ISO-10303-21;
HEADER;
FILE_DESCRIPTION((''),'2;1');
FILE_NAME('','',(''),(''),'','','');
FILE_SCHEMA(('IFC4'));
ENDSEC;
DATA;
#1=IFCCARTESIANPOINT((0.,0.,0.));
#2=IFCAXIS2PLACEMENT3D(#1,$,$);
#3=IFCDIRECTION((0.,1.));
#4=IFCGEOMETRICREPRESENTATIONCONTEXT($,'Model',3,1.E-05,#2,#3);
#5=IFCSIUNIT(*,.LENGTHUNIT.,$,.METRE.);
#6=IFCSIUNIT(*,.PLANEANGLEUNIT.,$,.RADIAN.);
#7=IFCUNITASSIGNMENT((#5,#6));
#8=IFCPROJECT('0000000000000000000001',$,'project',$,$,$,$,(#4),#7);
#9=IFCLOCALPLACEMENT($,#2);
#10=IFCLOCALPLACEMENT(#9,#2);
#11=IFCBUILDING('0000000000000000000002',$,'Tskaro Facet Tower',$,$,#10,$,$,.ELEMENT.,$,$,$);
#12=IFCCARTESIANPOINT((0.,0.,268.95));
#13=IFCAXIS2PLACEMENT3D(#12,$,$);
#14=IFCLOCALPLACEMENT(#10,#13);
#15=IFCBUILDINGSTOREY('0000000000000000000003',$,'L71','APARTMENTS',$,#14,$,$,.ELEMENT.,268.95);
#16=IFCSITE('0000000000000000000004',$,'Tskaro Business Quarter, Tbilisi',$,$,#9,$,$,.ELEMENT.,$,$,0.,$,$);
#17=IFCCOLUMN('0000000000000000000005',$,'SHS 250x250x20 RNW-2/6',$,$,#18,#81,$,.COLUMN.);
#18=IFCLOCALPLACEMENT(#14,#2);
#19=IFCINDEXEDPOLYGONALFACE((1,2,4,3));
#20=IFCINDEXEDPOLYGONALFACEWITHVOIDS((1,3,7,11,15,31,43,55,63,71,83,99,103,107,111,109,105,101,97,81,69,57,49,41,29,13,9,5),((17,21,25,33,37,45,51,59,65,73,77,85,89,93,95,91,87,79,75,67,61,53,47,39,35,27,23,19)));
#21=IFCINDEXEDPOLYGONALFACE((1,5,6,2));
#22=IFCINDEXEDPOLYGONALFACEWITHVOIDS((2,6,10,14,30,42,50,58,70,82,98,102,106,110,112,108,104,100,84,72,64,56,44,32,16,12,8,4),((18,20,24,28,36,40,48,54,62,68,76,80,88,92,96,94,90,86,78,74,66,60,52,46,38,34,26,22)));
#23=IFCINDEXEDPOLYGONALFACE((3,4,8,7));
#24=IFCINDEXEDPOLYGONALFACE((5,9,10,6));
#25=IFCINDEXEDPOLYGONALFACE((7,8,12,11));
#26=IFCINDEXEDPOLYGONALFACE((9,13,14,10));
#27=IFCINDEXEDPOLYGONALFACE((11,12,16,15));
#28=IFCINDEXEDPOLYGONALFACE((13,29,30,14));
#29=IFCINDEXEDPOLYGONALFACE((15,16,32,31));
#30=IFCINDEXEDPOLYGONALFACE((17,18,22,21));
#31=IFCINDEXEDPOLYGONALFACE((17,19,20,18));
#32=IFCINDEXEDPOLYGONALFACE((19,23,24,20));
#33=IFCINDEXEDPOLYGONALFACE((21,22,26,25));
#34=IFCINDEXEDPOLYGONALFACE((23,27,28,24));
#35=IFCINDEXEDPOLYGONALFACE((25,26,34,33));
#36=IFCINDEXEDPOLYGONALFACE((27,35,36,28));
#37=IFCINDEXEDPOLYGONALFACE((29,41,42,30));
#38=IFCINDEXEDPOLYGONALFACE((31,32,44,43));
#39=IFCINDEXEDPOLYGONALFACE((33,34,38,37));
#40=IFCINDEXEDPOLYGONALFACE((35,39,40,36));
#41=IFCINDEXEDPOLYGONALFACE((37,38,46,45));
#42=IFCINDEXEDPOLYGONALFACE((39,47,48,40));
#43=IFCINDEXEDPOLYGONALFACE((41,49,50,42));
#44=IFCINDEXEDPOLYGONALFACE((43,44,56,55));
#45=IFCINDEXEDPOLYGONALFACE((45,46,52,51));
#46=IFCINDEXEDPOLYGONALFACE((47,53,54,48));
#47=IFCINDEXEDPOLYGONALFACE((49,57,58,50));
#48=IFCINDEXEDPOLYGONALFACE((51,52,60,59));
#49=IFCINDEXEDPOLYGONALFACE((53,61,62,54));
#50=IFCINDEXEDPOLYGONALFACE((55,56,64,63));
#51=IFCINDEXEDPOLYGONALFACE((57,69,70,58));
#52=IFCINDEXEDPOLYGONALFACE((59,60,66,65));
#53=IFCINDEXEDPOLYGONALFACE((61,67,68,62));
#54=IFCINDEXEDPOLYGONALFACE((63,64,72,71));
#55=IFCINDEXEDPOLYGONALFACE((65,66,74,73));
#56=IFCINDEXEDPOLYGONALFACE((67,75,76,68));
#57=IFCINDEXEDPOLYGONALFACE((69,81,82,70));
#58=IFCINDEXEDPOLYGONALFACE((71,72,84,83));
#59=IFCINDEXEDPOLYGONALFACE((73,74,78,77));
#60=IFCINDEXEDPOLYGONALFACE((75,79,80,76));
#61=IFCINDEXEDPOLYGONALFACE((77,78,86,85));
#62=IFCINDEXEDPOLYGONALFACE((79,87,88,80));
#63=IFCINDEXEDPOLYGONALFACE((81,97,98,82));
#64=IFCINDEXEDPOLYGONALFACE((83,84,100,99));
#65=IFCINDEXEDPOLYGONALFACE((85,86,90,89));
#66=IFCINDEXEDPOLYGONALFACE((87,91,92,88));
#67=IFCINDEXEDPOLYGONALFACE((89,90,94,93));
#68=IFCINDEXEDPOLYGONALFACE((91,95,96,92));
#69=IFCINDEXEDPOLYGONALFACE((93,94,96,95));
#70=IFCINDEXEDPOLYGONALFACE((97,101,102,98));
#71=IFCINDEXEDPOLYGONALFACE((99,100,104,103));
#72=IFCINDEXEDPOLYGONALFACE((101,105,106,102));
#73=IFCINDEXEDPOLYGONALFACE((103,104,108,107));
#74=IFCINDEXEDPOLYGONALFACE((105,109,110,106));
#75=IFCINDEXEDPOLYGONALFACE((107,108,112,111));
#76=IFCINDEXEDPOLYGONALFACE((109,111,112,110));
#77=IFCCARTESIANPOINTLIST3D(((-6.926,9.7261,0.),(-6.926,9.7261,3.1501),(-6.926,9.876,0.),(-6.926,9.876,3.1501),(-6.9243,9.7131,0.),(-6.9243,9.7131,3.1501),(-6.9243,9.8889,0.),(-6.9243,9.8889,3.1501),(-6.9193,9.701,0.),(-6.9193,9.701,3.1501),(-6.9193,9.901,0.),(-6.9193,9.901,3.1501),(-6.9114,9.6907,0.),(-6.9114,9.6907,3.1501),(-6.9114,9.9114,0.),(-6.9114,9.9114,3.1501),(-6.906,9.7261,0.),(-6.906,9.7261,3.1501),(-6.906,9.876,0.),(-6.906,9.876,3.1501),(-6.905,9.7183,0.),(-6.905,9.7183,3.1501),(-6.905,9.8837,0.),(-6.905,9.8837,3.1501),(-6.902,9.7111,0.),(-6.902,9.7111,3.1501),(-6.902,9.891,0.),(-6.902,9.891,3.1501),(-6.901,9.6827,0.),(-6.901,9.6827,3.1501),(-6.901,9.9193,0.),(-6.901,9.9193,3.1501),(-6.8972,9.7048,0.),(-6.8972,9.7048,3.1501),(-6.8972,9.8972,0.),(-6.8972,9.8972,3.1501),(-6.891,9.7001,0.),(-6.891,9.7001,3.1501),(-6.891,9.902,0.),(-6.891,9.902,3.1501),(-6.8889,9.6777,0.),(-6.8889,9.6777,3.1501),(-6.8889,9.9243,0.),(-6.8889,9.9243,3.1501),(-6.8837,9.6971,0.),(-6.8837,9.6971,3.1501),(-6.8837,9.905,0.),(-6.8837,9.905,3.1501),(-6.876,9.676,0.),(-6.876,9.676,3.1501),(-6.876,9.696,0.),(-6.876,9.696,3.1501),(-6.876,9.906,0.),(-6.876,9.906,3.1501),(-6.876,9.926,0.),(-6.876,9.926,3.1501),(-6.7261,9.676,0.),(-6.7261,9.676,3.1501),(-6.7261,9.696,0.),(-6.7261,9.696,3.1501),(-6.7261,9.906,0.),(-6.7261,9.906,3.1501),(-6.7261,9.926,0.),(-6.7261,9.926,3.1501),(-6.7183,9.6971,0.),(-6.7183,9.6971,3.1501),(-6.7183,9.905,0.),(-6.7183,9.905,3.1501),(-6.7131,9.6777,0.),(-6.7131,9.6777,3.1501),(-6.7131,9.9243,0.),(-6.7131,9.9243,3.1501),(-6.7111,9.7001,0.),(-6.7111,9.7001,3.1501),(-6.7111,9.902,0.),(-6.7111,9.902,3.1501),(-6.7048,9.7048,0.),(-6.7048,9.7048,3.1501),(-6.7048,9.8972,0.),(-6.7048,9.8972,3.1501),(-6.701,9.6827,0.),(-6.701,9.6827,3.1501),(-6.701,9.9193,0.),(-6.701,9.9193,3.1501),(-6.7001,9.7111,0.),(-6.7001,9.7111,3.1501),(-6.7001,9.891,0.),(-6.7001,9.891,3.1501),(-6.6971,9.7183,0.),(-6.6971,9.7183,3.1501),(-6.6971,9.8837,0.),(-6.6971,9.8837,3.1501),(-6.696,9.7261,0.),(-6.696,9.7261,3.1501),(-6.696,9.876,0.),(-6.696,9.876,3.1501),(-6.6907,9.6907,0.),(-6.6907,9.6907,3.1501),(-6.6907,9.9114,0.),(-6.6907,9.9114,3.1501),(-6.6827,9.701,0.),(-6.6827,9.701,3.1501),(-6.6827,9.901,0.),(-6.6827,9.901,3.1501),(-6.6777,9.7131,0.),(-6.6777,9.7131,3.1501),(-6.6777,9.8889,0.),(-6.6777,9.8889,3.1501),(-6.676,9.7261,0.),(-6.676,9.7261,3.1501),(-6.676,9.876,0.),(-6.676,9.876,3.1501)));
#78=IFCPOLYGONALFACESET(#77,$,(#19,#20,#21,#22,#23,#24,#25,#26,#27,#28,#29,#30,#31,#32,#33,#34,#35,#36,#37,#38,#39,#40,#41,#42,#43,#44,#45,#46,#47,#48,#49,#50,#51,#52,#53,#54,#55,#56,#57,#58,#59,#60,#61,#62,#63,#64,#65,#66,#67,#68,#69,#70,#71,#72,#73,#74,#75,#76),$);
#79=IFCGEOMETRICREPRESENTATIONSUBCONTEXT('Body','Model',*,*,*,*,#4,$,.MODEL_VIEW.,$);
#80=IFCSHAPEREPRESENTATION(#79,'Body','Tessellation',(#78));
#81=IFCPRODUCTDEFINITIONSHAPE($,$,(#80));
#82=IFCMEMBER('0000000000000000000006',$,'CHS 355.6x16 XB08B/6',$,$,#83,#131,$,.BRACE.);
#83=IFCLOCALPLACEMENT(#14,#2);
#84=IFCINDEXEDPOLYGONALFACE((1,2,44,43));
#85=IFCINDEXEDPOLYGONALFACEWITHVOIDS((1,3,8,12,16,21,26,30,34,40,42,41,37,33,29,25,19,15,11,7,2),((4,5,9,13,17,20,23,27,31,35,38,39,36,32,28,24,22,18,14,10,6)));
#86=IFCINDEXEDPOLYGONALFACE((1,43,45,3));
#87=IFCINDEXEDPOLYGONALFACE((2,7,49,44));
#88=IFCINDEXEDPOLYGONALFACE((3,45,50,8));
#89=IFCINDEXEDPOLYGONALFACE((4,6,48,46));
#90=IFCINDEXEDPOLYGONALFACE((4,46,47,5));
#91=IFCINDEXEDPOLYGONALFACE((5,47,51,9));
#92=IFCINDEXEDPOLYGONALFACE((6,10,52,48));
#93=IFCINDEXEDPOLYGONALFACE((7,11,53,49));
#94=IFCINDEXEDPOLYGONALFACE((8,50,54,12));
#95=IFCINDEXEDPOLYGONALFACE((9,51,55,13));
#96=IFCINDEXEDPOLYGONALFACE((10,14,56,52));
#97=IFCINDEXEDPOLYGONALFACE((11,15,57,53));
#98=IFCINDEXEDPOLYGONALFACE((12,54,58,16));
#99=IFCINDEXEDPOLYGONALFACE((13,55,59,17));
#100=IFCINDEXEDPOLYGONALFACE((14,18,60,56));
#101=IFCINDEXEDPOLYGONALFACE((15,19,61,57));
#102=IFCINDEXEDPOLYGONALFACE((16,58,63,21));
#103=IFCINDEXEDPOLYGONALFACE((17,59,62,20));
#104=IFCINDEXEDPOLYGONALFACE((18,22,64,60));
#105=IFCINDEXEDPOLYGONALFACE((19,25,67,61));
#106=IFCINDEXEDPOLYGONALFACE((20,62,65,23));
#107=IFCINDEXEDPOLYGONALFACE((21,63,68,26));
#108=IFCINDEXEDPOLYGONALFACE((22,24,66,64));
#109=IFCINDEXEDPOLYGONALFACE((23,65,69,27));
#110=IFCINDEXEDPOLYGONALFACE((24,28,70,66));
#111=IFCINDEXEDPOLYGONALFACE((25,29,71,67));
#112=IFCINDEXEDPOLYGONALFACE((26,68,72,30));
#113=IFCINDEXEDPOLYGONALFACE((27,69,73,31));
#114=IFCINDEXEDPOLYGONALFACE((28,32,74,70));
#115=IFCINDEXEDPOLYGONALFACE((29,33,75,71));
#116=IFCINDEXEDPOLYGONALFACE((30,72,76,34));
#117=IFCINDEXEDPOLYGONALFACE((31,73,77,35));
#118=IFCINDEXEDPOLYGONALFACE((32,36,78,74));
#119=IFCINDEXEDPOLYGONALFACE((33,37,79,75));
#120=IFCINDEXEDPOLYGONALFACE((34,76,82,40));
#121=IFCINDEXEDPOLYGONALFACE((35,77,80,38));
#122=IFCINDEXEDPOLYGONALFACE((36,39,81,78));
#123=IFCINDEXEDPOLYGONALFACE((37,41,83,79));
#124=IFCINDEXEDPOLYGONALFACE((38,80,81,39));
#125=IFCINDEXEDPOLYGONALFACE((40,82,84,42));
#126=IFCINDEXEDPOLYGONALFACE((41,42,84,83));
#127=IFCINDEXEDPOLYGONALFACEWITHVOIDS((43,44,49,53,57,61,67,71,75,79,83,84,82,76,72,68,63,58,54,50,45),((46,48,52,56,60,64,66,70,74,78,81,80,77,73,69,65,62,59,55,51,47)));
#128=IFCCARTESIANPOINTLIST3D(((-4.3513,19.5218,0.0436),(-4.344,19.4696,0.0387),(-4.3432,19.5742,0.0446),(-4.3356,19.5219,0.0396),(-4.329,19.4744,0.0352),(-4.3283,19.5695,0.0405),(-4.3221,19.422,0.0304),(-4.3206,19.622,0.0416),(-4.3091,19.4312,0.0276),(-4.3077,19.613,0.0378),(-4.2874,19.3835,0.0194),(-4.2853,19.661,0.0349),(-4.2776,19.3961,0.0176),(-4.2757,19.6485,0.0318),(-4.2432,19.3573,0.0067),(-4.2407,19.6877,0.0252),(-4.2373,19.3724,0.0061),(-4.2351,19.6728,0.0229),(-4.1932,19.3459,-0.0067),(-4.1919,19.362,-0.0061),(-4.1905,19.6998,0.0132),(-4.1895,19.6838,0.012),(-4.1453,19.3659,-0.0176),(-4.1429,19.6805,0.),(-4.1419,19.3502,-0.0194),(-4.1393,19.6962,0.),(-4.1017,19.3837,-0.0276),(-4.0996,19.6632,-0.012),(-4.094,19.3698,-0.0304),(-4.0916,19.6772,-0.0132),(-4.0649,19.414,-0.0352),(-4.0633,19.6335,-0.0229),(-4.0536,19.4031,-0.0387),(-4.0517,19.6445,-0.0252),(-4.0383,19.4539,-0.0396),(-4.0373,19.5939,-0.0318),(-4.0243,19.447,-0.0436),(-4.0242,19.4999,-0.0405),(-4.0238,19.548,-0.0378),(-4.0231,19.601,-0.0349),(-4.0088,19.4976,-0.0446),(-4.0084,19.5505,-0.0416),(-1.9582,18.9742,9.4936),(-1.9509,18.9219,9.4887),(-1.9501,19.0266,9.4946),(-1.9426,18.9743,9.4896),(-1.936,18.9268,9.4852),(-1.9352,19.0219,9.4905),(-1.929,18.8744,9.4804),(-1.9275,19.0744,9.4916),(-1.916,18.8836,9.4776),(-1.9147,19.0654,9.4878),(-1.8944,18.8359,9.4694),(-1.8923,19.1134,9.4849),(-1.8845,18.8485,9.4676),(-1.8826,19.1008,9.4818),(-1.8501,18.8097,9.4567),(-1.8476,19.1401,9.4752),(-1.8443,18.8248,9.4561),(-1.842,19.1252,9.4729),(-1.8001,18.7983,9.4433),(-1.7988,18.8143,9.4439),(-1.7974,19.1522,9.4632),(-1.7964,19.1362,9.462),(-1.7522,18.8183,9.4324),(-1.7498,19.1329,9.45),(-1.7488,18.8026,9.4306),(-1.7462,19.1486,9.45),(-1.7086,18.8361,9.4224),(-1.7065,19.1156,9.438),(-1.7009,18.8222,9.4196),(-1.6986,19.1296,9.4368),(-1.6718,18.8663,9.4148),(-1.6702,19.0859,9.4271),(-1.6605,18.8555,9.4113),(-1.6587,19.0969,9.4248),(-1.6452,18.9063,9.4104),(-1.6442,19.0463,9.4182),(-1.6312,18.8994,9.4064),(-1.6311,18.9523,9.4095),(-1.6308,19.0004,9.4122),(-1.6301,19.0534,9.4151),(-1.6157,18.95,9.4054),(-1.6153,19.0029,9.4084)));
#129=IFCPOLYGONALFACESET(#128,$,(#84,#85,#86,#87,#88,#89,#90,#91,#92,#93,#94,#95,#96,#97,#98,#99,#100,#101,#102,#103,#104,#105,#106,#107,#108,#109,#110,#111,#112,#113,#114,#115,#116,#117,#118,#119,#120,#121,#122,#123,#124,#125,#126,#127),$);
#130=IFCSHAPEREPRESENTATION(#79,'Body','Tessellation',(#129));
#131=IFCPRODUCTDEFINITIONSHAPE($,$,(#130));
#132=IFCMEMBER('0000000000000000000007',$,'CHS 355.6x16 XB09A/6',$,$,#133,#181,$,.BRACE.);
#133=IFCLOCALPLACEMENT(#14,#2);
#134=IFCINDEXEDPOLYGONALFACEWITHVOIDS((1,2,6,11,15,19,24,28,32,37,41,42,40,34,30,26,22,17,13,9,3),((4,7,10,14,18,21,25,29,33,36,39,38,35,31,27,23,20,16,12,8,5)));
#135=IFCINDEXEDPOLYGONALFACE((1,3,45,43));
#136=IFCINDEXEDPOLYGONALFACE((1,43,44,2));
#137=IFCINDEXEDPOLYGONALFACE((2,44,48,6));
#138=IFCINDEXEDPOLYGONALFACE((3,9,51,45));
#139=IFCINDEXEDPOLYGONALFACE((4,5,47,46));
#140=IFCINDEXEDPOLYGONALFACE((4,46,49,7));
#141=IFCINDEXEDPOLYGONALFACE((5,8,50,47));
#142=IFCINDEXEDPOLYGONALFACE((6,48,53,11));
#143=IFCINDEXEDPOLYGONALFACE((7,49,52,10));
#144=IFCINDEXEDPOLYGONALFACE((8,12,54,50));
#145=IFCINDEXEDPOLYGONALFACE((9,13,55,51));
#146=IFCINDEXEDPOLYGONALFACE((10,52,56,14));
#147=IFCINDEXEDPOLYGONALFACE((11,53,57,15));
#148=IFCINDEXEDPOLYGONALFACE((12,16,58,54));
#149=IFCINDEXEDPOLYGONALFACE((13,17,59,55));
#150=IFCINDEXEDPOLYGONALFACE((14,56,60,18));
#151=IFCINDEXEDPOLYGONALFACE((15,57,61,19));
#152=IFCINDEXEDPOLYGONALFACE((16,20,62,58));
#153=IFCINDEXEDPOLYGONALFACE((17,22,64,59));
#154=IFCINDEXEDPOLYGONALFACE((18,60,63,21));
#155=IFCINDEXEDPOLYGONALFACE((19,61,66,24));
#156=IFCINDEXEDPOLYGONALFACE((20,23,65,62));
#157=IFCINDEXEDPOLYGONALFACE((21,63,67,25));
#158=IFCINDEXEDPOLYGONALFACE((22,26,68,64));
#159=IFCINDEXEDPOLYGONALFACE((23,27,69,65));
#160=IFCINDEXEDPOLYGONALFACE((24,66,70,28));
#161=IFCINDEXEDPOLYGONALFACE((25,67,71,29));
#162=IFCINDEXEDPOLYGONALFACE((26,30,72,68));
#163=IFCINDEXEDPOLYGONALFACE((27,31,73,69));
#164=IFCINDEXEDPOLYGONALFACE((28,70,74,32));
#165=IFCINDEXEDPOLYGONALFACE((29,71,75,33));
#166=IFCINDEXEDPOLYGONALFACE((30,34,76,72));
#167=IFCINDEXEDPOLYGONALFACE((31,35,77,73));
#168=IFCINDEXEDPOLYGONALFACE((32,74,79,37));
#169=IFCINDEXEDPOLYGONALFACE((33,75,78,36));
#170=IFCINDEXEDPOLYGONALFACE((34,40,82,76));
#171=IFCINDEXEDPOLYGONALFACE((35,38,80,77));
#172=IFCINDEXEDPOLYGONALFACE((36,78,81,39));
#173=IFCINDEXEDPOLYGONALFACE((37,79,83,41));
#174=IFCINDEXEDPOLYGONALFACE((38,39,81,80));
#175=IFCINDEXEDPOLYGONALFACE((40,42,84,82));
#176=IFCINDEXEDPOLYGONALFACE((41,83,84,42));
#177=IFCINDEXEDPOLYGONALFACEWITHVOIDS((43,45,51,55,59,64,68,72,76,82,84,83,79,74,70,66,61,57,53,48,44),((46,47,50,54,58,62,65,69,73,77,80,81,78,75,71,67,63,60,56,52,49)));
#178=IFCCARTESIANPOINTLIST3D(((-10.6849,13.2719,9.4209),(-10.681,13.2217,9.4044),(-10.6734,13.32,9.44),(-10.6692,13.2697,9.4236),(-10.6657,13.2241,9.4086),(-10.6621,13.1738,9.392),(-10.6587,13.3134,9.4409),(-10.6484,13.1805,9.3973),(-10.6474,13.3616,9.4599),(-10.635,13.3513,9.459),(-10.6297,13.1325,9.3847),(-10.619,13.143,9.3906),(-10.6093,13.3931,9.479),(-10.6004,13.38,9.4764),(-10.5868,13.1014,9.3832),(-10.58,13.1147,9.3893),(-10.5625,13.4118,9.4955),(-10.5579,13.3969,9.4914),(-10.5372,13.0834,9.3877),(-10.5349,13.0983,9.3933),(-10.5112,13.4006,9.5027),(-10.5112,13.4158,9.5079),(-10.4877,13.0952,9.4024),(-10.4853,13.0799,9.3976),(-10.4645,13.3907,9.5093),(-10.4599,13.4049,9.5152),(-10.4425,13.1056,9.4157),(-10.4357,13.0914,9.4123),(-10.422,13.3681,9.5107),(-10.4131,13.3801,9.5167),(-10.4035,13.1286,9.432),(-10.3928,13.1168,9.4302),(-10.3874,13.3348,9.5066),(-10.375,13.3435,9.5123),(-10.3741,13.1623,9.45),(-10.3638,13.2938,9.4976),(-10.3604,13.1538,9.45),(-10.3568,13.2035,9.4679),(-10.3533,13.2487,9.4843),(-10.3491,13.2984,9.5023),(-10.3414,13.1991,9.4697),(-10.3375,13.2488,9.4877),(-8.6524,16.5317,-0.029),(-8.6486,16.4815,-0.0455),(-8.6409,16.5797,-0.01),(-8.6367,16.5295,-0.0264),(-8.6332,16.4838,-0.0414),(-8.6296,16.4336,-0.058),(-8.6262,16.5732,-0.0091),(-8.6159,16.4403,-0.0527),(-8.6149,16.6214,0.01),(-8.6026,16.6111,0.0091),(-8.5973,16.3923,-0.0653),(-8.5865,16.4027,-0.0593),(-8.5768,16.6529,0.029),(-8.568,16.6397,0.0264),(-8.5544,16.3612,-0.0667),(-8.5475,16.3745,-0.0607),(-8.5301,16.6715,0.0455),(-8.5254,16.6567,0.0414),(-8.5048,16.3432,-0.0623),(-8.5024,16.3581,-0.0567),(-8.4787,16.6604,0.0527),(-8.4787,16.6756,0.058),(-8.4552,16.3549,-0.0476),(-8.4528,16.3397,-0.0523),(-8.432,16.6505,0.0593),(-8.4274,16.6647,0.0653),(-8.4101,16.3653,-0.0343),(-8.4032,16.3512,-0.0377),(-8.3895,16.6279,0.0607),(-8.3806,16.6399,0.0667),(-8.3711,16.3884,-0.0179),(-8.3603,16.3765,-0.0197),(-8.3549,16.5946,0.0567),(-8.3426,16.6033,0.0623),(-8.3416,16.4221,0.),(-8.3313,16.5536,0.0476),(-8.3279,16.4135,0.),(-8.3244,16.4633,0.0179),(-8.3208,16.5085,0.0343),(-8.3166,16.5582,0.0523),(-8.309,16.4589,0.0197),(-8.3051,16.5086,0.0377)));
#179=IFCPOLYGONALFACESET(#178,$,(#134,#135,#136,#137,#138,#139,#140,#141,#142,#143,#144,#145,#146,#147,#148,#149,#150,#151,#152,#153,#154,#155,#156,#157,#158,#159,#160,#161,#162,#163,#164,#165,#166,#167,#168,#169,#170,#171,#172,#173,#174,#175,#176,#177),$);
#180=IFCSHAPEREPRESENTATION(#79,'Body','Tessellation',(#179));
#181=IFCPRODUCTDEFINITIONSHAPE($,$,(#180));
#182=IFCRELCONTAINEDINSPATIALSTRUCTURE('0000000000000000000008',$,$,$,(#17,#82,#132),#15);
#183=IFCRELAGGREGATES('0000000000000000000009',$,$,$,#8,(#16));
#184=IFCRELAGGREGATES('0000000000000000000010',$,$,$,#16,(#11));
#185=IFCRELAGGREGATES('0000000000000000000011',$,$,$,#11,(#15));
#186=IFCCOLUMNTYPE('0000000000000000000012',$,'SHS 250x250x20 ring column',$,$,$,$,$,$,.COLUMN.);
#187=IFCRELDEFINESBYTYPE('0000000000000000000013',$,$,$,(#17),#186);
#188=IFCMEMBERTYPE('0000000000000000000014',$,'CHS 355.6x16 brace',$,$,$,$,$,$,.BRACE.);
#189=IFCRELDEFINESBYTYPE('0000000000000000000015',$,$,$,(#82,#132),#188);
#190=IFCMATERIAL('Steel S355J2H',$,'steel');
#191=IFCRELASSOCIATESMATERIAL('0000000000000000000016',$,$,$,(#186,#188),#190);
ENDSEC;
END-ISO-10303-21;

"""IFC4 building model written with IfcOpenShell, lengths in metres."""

from ifc_helpers import new_model, si_unit, direction, frame, origin, origin_2d, place, context, subcontext, project, spatial, hollow_rectangle, hollow_circle, extrude, material, material_profile, profile_set, type_object, element, save


model = new_model("IFC4")

# Units and contexts
model_context = context("Model", 3, precision=1e-05, world=origin(), true_north=direction((0.0, 1.0)))
body_context = subcontext(model_context, "Body", "Model", "MODEL_VIEW")
ifc_project = project(units=[si_unit("LENGTHUNIT", "METRE"), si_unit("PLANEANGLEUNIT", "RADIAN")], contexts=[model_context])

# Site, building, storey
site_placement = place(None, origin())
site = spatial("IfcSite", under=ifc_project, at=site_placement, Name="Tskaro Business Quarter, Tbilisi", CompositionType="ELEMENT", RefElevation=0.0)
building_placement = place(site_placement, origin())
building = spatial("IfcBuilding", under=site, at=building_placement, Name="Tskaro Facet Tower", CompositionType="ELEMENT")
storey_placement = place(building_placement, frame((0.0, 0.0, 268.95)))
storey = spatial("IfcBuildingStorey", under=building, at=storey_placement, Name="L71", Description="APARTMENTS", CompositionType="ELEMENT", Elevation=268.95)

# Column
ifc_material_1 = material(Name="Steel S355J2H", Category="steel")
ifc_material_profile_1 = material_profile(ifc_material_1, hollow_rectangle(XDim=0.25, YDim=0.25, WallThickness=0.02, InnerFilletRadius=0.03, OuterFilletRadius=0.05, at=origin_2d()), Name="SHS 250x250x20")
ifc_profile_set_1 = profile_set([ifc_material_profile_1], Name="Steel S355J2H")
column_type_1 = type_object("IfcColumnType", Name="SHS 250x250x20 ring column", PredefinedType="COLUMN", material=ifc_profile_set_1)
for number, where, z_axis, x_axis, name in (
    (1, (-6.801, 9.801, 0.0), (0.0, 0.0, 1.0), (1.0, 0.0, 0.0), "SHS 250x250x20 RNW-2/6"),
):
    element("IfcColumn", number, at=place(storey_placement, frame(where, z_axis=z_axis, x_axis=x_axis)), inside=storey, type_object=column_type_1, Name=name, PredefinedType="COLUMN", context=body_context, shape_type="SweptSolid", body=[
        extrude(hollow_rectangle(XDim=0.25, YDim=0.25, WallThickness=0.02, InnerFilletRadius=0.03, OuterFilletRadius=0.05, at=origin_2d()), origin(), (0.0, 0.0, 1.0), 3.1501),
    ])

# Members
ifc_material_profile_2 = material_profile(ifc_material_1, hollow_circle(Radius=0.1777, WallThickness=0.0161, at=origin_2d()), Name="CHS 355.6x16")
ifc_profile_set_2 = profile_set([ifc_material_profile_2], Name="Steel S355J2H")
member_type_1 = type_object("IfcMemberType", Name="CHS 355.6x16 brace", PredefinedType="BRACE", material=ifc_profile_set_2)
member_1_placement = place(storey_placement, frame((-4.179, 19.5229, 0.0), z_axis=(0.2451, -0.056087, 0.967874), x_axis=(0.223065, 0.974804, 0.0)))
element("IfcMember", 2, at=member_1_placement, inside=storey, type_object=member_type_1, Name="CHS 355.6x16 XB08B/6", PredefinedType="BRACE", context=body_context, shape_type="SweptSolid", body=[
    extrude(hollow_circle(Radius=0.1777, WallThickness=0.0161, at=origin_2d()), origin(), (0.0, 0.0, 1.0), 9.7637),
])
for number, where, z_axis, x_axis, name in (
    (3, (-8.4788, 16.5076, 0.0), (-0.199244, -0.319556, 0.926383), (0.848569, -0.529085, 0.0), "CHS 355.6x16 XB09A/6"),
):
    element("IfcMember", number, at=place(storey_placement, frame(where, z_axis=z_axis, x_axis=x_axis)), inside=storey, type_object=member_type_1, Name=name, PredefinedType="BRACE", context=body_context, shape_type="SweptSolid", body=[
        extrude(hollow_circle(Radius=0.1777, WallThickness=0.0161, at=origin_2d()), origin(), (0.0, 0.0, 1.0), 10.2009),
    ])

save(model, "model.ifc")
